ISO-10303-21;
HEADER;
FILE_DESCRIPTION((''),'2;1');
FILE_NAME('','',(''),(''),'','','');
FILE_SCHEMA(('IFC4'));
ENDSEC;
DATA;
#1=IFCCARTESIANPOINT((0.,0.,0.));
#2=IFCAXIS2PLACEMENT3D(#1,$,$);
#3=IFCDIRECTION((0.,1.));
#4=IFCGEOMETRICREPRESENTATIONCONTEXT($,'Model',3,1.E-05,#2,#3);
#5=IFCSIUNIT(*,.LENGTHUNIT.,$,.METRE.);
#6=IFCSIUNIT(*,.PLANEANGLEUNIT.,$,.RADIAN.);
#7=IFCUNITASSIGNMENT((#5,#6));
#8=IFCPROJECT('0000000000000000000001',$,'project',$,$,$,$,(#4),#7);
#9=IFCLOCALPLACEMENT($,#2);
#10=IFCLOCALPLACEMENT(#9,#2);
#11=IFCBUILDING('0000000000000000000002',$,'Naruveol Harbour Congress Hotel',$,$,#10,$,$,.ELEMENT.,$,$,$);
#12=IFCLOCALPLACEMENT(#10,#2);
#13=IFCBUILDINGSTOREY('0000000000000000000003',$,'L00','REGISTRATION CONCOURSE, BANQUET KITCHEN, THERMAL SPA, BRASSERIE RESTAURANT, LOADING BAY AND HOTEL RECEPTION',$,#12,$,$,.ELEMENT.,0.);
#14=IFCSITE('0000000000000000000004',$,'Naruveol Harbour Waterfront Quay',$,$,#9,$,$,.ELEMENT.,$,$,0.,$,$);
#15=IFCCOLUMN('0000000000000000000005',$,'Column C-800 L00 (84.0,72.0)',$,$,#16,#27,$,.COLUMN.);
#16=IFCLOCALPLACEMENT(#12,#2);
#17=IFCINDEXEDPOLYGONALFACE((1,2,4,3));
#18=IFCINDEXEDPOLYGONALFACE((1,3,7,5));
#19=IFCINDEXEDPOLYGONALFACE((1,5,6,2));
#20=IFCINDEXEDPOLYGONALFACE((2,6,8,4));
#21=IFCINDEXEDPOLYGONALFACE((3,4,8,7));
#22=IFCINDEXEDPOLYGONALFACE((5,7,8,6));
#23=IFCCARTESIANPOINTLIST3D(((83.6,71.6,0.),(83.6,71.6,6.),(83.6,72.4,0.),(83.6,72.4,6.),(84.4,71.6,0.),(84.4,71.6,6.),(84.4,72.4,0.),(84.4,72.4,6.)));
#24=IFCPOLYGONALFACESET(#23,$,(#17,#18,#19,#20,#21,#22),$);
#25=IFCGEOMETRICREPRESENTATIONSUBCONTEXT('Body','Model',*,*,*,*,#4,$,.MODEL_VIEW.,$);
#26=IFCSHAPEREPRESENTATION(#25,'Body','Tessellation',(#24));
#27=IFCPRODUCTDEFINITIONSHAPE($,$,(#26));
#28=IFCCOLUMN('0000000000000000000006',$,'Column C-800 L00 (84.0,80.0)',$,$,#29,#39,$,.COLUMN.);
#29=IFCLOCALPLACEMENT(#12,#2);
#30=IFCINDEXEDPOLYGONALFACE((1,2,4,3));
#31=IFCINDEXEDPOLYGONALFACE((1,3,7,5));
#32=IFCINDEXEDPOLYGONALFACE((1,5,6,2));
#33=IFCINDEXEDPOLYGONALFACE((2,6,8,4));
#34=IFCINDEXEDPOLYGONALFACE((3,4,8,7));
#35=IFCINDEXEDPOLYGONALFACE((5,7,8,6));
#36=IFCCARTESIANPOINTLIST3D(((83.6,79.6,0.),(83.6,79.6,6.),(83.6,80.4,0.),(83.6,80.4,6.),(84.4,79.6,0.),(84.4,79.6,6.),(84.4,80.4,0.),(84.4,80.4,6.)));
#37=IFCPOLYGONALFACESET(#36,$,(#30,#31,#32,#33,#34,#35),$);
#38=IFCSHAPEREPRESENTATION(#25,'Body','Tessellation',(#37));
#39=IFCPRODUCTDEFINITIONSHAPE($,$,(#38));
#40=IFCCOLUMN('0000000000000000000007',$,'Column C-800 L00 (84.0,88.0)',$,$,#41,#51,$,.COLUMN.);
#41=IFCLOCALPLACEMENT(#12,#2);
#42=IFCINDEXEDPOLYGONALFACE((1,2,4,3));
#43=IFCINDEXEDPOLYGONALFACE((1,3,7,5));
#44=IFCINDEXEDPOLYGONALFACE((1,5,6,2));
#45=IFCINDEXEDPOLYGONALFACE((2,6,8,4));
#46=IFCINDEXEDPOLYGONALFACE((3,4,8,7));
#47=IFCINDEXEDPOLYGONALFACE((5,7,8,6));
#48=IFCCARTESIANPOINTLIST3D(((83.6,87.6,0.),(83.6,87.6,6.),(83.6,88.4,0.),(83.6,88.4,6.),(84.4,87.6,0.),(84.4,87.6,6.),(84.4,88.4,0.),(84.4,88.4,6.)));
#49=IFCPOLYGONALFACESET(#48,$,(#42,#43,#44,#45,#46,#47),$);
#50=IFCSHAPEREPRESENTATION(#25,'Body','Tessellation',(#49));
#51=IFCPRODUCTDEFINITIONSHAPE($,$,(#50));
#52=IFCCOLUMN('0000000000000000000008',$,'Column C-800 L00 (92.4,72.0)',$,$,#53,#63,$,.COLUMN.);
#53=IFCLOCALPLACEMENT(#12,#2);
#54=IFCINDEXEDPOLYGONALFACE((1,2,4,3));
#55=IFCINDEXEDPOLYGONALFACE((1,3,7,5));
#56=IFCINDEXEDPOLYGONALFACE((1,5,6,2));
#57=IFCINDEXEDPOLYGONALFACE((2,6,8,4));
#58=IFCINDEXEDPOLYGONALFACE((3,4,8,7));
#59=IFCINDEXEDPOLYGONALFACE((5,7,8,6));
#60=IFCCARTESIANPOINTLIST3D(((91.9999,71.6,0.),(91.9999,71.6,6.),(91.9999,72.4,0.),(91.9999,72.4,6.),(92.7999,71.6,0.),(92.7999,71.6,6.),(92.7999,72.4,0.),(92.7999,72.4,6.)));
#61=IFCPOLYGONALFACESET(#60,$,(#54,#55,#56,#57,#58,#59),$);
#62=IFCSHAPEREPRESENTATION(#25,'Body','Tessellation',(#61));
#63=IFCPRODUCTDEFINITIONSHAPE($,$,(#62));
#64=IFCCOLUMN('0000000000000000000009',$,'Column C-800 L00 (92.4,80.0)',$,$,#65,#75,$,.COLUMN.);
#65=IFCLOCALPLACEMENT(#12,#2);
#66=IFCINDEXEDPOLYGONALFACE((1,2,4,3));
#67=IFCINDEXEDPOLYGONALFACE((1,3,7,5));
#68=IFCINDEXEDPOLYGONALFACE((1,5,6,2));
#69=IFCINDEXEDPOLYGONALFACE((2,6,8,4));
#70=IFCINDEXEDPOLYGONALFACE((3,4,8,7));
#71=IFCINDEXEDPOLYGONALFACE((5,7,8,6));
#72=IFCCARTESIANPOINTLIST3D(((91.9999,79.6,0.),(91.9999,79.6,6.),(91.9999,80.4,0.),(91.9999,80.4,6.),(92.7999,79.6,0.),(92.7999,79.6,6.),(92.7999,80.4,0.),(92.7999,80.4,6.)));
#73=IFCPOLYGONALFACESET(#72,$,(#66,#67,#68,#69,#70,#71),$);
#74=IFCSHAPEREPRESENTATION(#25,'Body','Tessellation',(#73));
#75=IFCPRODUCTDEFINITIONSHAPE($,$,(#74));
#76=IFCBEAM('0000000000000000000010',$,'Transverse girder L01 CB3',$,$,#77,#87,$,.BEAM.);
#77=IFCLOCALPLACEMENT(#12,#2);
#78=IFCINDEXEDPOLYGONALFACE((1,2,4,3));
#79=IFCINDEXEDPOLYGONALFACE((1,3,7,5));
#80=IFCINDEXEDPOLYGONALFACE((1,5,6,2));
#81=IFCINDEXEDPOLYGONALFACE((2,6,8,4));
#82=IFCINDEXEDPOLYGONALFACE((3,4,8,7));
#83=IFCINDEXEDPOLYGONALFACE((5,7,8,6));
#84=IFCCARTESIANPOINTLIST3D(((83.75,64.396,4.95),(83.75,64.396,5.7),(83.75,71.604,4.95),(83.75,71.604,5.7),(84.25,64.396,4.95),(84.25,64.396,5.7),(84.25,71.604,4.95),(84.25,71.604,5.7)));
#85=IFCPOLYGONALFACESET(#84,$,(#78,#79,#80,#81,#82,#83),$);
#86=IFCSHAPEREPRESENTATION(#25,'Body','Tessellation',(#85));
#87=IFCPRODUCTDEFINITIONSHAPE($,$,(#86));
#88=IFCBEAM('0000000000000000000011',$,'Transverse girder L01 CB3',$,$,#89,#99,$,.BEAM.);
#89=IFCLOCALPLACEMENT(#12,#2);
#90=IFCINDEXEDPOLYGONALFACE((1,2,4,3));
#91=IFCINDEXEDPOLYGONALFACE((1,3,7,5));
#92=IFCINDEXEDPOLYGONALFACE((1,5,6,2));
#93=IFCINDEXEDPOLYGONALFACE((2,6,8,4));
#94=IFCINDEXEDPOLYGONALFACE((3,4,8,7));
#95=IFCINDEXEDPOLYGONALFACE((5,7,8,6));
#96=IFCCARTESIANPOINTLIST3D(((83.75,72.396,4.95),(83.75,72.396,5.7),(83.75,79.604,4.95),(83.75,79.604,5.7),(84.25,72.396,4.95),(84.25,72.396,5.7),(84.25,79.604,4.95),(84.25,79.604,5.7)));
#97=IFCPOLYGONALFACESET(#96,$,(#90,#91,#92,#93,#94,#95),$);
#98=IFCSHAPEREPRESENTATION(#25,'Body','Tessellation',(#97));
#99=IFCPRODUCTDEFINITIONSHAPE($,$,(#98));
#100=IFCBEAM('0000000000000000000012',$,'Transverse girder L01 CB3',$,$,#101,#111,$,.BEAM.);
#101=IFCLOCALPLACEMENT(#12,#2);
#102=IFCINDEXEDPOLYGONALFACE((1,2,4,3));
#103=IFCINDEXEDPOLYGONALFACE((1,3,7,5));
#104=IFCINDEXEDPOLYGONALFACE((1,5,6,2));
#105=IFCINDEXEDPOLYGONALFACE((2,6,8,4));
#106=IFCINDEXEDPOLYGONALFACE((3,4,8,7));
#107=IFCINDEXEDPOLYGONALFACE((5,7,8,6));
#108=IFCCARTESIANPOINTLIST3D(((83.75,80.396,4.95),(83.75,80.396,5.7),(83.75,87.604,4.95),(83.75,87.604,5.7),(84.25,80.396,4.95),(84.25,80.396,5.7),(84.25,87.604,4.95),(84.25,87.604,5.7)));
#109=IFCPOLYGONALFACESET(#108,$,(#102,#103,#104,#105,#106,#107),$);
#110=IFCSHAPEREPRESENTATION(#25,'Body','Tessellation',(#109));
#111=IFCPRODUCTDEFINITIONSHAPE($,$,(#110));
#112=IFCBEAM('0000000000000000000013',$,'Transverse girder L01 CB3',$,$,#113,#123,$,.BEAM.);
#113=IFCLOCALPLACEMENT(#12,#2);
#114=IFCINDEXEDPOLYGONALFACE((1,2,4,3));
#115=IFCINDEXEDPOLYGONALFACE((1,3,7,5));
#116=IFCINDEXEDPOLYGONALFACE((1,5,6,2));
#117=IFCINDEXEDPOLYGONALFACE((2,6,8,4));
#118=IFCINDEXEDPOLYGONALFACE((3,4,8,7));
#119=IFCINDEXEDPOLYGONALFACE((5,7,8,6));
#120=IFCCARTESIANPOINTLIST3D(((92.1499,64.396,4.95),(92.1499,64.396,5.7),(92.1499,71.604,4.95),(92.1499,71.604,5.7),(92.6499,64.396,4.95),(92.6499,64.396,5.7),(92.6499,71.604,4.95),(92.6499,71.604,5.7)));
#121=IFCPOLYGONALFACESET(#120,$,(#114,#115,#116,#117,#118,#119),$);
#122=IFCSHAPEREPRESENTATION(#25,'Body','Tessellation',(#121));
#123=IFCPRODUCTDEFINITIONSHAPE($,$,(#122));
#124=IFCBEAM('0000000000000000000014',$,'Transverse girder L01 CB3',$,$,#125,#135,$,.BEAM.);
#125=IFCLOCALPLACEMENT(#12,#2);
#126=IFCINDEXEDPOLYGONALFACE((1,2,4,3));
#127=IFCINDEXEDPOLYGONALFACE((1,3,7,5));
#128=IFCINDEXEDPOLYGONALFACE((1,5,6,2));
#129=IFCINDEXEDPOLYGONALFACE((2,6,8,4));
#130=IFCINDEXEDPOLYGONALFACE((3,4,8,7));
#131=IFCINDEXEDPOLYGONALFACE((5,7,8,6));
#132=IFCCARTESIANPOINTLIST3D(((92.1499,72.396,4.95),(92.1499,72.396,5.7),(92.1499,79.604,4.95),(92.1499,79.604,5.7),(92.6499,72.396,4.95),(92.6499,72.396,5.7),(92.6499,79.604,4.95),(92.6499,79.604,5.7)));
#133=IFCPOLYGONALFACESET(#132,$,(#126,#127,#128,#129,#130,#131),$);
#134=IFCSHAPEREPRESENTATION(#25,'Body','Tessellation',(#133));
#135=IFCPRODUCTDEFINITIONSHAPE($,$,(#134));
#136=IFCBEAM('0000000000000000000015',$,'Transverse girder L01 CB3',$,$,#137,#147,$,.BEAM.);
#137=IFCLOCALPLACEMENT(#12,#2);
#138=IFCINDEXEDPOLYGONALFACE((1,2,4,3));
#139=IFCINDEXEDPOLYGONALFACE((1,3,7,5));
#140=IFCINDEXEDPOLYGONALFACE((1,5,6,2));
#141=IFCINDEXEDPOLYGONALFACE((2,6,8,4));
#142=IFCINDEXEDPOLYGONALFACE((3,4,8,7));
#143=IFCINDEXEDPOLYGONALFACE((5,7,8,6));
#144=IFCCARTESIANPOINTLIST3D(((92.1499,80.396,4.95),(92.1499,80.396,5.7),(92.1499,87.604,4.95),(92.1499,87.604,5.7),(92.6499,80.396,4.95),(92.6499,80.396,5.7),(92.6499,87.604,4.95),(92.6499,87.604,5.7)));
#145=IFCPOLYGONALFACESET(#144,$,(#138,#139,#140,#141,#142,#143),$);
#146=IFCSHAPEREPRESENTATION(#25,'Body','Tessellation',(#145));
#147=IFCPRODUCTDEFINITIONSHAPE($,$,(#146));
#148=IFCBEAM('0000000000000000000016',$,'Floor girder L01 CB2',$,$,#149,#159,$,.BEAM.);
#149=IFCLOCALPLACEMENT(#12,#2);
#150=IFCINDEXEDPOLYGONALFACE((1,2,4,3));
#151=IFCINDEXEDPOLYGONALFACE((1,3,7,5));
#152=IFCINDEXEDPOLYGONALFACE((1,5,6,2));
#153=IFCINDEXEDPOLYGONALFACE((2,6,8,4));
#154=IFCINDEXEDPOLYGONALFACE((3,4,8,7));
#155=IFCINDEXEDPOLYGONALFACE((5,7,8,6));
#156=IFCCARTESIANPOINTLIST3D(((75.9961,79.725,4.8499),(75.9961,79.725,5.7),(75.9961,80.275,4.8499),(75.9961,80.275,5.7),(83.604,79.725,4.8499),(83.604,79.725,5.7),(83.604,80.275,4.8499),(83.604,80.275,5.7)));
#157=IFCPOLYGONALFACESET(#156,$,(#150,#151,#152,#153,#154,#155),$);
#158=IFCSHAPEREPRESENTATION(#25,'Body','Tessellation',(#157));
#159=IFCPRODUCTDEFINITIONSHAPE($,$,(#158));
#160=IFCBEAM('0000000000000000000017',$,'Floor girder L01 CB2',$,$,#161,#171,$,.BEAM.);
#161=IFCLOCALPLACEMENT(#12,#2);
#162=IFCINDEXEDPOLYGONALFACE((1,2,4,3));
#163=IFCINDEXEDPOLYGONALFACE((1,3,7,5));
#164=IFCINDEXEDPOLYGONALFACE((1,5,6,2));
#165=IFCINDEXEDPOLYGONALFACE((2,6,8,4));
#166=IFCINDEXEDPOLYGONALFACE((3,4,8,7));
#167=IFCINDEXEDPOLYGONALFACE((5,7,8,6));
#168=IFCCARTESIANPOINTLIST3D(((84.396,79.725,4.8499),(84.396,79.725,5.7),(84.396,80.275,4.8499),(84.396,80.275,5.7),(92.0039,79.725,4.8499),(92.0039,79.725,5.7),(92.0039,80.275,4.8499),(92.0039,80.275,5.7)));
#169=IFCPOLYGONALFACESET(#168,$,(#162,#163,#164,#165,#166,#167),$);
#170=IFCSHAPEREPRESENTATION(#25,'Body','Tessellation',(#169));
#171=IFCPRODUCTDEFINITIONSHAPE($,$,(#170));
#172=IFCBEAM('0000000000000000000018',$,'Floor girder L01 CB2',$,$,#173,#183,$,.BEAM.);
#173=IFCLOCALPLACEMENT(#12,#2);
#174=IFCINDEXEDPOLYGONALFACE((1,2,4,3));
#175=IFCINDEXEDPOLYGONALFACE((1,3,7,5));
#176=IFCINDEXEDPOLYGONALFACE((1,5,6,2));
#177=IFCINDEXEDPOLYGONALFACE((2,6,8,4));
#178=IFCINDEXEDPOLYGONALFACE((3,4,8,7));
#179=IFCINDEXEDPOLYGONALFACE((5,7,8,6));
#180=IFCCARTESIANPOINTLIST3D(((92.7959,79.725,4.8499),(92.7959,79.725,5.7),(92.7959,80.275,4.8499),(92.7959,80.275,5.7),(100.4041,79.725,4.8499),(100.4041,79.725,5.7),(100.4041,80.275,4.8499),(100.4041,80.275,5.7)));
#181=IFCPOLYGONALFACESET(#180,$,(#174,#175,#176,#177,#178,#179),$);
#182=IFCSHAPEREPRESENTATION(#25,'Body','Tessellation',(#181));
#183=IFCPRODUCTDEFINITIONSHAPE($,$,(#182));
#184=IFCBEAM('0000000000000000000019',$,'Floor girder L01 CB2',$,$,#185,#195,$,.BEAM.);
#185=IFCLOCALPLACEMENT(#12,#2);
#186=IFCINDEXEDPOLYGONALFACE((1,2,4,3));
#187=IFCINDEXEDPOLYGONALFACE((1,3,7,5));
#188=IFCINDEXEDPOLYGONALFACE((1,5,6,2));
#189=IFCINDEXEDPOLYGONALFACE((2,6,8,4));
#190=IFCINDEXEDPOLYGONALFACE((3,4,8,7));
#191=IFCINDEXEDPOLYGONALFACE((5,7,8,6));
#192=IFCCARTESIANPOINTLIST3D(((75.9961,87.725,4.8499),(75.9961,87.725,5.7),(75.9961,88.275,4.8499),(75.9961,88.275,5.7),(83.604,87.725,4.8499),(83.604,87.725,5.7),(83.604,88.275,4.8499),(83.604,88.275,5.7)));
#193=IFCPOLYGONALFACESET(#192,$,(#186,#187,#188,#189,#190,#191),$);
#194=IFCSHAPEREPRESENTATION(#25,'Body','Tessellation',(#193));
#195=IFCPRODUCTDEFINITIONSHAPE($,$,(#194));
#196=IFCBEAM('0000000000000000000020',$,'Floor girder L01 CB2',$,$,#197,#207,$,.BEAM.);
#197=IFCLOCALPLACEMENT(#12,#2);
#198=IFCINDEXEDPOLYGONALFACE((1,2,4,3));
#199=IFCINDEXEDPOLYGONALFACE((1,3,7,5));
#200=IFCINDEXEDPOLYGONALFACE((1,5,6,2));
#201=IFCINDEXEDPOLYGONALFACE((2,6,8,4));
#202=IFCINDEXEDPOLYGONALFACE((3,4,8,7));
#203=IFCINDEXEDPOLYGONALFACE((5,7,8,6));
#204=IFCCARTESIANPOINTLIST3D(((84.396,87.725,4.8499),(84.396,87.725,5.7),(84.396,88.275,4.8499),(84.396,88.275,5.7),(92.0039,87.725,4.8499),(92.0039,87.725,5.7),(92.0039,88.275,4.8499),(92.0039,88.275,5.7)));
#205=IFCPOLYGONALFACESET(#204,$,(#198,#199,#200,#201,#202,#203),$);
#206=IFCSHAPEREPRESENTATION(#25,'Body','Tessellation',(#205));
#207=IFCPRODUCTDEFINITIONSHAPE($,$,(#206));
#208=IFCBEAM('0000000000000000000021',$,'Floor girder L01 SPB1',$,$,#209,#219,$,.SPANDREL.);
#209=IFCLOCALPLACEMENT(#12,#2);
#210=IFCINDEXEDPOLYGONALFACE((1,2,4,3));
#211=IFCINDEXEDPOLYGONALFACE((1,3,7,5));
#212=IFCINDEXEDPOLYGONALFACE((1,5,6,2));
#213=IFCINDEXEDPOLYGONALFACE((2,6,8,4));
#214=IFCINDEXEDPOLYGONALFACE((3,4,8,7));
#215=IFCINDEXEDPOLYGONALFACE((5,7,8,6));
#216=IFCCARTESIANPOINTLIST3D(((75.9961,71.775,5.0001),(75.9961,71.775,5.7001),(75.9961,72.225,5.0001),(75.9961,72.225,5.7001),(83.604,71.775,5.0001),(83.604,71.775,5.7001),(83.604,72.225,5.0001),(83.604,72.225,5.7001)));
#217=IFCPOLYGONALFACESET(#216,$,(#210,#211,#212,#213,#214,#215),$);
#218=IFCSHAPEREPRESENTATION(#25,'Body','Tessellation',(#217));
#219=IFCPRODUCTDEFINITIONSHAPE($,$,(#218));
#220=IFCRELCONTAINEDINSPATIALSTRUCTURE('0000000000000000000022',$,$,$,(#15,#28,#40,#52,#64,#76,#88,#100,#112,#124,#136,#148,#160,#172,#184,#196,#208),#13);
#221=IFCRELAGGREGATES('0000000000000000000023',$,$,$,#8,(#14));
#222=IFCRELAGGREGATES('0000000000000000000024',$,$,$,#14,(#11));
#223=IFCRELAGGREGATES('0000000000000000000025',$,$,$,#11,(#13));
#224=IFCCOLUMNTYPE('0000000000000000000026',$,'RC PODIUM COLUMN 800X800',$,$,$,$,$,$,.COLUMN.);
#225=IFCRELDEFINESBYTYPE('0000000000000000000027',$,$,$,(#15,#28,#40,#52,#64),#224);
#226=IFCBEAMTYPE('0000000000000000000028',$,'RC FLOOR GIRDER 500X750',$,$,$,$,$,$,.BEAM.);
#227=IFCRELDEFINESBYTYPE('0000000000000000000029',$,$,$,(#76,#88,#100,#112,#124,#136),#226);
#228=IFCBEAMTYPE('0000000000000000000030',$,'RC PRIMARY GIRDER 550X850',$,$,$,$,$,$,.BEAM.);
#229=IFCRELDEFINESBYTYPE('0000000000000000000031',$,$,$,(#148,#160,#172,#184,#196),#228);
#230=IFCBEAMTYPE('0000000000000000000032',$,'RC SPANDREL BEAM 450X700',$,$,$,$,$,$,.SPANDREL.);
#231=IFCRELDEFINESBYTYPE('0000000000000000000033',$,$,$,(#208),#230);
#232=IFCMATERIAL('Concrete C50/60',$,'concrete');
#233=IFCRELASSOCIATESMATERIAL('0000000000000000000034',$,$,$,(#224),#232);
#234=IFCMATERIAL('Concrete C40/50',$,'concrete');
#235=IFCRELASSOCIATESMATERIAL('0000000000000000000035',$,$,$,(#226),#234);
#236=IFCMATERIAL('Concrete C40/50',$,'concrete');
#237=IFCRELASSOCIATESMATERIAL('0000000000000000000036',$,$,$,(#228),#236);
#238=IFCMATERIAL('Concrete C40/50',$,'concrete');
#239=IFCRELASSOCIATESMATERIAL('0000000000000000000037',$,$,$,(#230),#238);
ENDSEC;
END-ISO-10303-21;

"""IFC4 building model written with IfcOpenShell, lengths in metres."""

from ifc_helpers import new_model, si_unit, direction, frame, origin, origin_2d, place, context, subcontext, project, spatial, rectangle, extrude, material, material_profile, profile_set, type_object, element, save


model = new_model("IFC4")

# Units and contexts
model_context = context("Model", 3, precision=1e-05, world=origin(), true_north=direction((0.0, 1.0)))
body_context = subcontext(model_context, "Body", "Model", "MODEL_VIEW")
ifc_project = project(units=[si_unit("LENGTHUNIT", "METRE"), si_unit("PLANEANGLEUNIT", "RADIAN")], contexts=[model_context])

# Site, building, storey
site_placement = place(None, origin())
site = spatial("IfcSite", under=ifc_project, at=site_placement, Name="Naruveol Harbour Waterfront Quay", CompositionType="ELEMENT", RefElevation=0.0)
building_placement = place(site_placement, origin())
building = spatial("IfcBuilding", under=site, at=building_placement, Name="Naruveol Harbour Congress Hotel", CompositionType="ELEMENT")
storey_placement = place(building_placement, origin())
storey = spatial("IfcBuildingStorey", under=building, at=storey_placement, Name="L00", Description="REGISTRATION CONCOURSE, BANQUET KITCHEN, THERMAL SPA, BRASSERIE RESTAURANT, LOADING BAY AND HOTEL RECEPTION", CompositionType="ELEMENT", Elevation=0.0)

# Columns
ifc_material_1 = material(Name="Concrete C50/60", Category="concrete")
ifc_material_profile_1 = material_profile(ifc_material_1, rectangle(XDim=0.8, YDim=0.8, at=origin_2d()), Name="RC-800x800")
ifc_profile_set_1 = profile_set([ifc_material_profile_1], Name="Concrete C50/60")
column_type = type_object("IfcColumnType", Name="RC PODIUM COLUMN 800X800", PredefinedType="COLUMN", material=ifc_profile_set_1)
for number, where, z_axis, x_axis, name in (
    (1, (84.0, 72.0, 0.0), (0.0, 0.0, 1.0), (1.0, 0.0, 0.0), "Column C-800 L00 (84.0,72.0)"),
    (2, (84.0, 80.0, 0.0), (0.0, 0.0, 1.0), (1.0, 0.0, 0.0), "Column C-800 L00 (84.0,80.0)"),
    (3, (84.0, 88.0, 0.0), (0.0, 0.0, 1.0), (1.0, 0.0, 0.0), "Column C-800 L00 (84.0,88.0)"),
    (4, (92.3999, 72.0, 0.0), (0.0, 0.0, 1.0), (1.0, 0.0, 0.0), "Column C-800 L00 (92.4,72.0)"),
    (5, (92.3999, 80.0, 0.0), (0.0, 0.0, 1.0), (1.0, 0.0, 0.0), "Column C-800 L00 (92.4,80.0)"),
):
    element("IfcColumn", number, at=place(storey_placement, frame(where, z_axis=z_axis, x_axis=x_axis)), inside=storey, type_object=column_type, Name=name, PredefinedType="COLUMN", context=body_context, shape_type="SweptSolid", body=[
        extrude(rectangle(XDim=0.8, YDim=0.8, at=origin_2d()), origin(), (0.0, 0.0, 1.0), 6.0),
    ])

# Beams
ifc_material_2 = material(Name="Concrete C40/50", Category="concrete")
ifc_material_profile_2 = material_profile(ifc_material_2, rectangle(XDim=0.5, YDim=0.75, at=origin_2d()), Name="RCB-500x750")
ifc_profile_set_2 = profile_set([ifc_material_profile_2], Name="Concrete C40/50")
beam_type_1 = type_object("IfcBeamType", Name="RC FLOOR GIRDER 500X750", PredefinedType="BEAM", material=ifc_profile_set_2)
for number, where, z_axis, x_axis, name in (
    (6, (84.0, 64.396, 5.325), (0.0, 1.0, 0.0), (-1.0, 0.0, 0.0), "Transverse girder L01 CB3"),
    (7, (84.0, 72.396, 5.325), (0.0, 1.0, 0.0), (-1.0, 0.0, 0.0), "Transverse girder L01 CB3"),
    (8, (84.0, 80.396, 5.325), (0.0, 1.0, 0.0), (-1.0, 0.0, 0.0), "Transverse girder L01 CB3"),
    (9, (92.3999, 64.396, 5.325), (0.0, 1.0, 0.0), (-1.0, 0.0, 0.0), "Transverse girder L01 CB3"),
    (10, (92.3999, 72.396, 5.325), (0.0, 1.0, 0.0), (-1.0, 0.0, 0.0), "Transverse girder L01 CB3"),
    (11, (92.3999, 80.396, 5.325), (0.0, 1.0, 0.0), (-1.0, 0.0, 0.0), "Transverse girder L01 CB3"),
):
    element("IfcBeam", number, at=place(storey_placement, frame(where, z_axis=z_axis, x_axis=x_axis)), inside=storey, type_object=beam_type_1, Name=name, PredefinedType="BEAM", context=body_context, shape_type="SweptSolid", body=[
        extrude(rectangle(XDim=0.5, YDim=0.75, at=origin_2d()), origin(), (0.0, 0.0, 1.0), 7.208),
    ])
ifc_material_3 = material(Name="Concrete C40/50", Category="concrete")
ifc_material_profile_3 = material_profile(ifc_material_3, rectangle(XDim=0.55, YDim=0.8501, at=origin_2d()), Name="RCB-550x850")
ifc_profile_set_3 = profile_set([ifc_material_profile_3], Name="Concrete C40/50")
beam_type_2 = type_object("IfcBeamType", Name="RC PRIMARY GIRDER 550X850", PredefinedType="BEAM", material=ifc_profile_set_3)
for number, where, z_axis, x_axis, name in (
    (12, (75.9961, 80.0, 5.2749), (1.0, 0.0, 0.0), (0.0, 1.0, 0.0), "Floor girder L01 CB2"),
    (13, (84.396, 80.0, 5.2749), (1.0, 0.0, 0.0), (0.0, 1.0, 0.0), "Floor girder L01 CB2"),
):
    element("IfcBeam", number, at=place(storey_placement, frame(where, z_axis=z_axis, x_axis=x_axis)), inside=storey, type_object=beam_type_2, Name=name, PredefinedType="BEAM", context=body_context, shape_type="SweptSolid", body=[
        extrude(rectangle(XDim=0.55, YDim=0.8501, at=origin_2d()), origin(), (0.0, 0.0, 1.0), 7.6079),
    ])
beam_1_placement = place(storey_placement, frame((92.7959, 80.0, 5.2749), z_axis=(1.0, 0.0, 0.0), x_axis=(0.0, 1.0, 0.0)))
element("IfcBeam", 14, at=beam_1_placement, inside=storey, type_object=beam_type_2, Name="Floor girder L01 CB2", PredefinedType="BEAM", context=body_context, shape_type="SweptSolid", body=[
    extrude(rectangle(XDim=0.55, YDim=0.8501, at=origin_2d()), origin(), (0.0, 0.0, 1.0), 7.6082),
])
for number, where, z_axis, x_axis, name in (
    (15, (75.9961, 88.0, 5.2749), (1.0, 0.0, 0.0), (0.0, 1.0, 0.0), "Floor girder L01 CB2"),
    (16, (84.396, 88.0, 5.2749), (1.0, 0.0, 0.0), (0.0, 1.0, 0.0), "Floor girder L01 CB2"),
):
    element("IfcBeam", number, at=place(storey_placement, frame(where, z_axis=z_axis, x_axis=x_axis)), inside=storey, type_object=beam_type_2, Name=name, PredefinedType="BEAM", context=body_context, shape_type="SweptSolid", body=[
        extrude(rectangle(XDim=0.55, YDim=0.8501, at=origin_2d()), origin(), (0.0, 0.0, 1.0), 7.6079),
    ])
ifc_material_4 = material(Name="Concrete C40/50", Category="concrete")
ifc_material_profile_4 = material_profile(ifc_material_4, rectangle(XDim=0.45, YDim=0.7, at=origin_2d()), Name="RCB-450x700")
ifc_profile_set_4 = profile_set([ifc_material_profile_4], Name="Concrete C40/50")
beam_type_3 = type_object("IfcBeamType", Name="RC SPANDREL BEAM 450X700", PredefinedType="SPANDREL", material=ifc_profile_set_4)
for number, where, z_axis, x_axis, name in (
    (17, (75.9961, 72.0, 5.3501), (1.0, 0.0, 0.0), (0.0, 1.0, 0.0), "Floor girder L01 SPB1"),
):
    element("IfcBeam", number, at=place(storey_placement, frame(where, z_axis=z_axis, x_axis=x_axis)), inside=storey, type_object=beam_type_3, Name=name, PredefinedType="SPANDREL", context=body_context, shape_type="SweptSolid", body=[
        extrude(rectangle(XDim=0.45, YDim=0.7, at=origin_2d()), origin(), (0.0, 0.0, 1.0), 7.6079),
    ])

save(model, "model.ifc")
